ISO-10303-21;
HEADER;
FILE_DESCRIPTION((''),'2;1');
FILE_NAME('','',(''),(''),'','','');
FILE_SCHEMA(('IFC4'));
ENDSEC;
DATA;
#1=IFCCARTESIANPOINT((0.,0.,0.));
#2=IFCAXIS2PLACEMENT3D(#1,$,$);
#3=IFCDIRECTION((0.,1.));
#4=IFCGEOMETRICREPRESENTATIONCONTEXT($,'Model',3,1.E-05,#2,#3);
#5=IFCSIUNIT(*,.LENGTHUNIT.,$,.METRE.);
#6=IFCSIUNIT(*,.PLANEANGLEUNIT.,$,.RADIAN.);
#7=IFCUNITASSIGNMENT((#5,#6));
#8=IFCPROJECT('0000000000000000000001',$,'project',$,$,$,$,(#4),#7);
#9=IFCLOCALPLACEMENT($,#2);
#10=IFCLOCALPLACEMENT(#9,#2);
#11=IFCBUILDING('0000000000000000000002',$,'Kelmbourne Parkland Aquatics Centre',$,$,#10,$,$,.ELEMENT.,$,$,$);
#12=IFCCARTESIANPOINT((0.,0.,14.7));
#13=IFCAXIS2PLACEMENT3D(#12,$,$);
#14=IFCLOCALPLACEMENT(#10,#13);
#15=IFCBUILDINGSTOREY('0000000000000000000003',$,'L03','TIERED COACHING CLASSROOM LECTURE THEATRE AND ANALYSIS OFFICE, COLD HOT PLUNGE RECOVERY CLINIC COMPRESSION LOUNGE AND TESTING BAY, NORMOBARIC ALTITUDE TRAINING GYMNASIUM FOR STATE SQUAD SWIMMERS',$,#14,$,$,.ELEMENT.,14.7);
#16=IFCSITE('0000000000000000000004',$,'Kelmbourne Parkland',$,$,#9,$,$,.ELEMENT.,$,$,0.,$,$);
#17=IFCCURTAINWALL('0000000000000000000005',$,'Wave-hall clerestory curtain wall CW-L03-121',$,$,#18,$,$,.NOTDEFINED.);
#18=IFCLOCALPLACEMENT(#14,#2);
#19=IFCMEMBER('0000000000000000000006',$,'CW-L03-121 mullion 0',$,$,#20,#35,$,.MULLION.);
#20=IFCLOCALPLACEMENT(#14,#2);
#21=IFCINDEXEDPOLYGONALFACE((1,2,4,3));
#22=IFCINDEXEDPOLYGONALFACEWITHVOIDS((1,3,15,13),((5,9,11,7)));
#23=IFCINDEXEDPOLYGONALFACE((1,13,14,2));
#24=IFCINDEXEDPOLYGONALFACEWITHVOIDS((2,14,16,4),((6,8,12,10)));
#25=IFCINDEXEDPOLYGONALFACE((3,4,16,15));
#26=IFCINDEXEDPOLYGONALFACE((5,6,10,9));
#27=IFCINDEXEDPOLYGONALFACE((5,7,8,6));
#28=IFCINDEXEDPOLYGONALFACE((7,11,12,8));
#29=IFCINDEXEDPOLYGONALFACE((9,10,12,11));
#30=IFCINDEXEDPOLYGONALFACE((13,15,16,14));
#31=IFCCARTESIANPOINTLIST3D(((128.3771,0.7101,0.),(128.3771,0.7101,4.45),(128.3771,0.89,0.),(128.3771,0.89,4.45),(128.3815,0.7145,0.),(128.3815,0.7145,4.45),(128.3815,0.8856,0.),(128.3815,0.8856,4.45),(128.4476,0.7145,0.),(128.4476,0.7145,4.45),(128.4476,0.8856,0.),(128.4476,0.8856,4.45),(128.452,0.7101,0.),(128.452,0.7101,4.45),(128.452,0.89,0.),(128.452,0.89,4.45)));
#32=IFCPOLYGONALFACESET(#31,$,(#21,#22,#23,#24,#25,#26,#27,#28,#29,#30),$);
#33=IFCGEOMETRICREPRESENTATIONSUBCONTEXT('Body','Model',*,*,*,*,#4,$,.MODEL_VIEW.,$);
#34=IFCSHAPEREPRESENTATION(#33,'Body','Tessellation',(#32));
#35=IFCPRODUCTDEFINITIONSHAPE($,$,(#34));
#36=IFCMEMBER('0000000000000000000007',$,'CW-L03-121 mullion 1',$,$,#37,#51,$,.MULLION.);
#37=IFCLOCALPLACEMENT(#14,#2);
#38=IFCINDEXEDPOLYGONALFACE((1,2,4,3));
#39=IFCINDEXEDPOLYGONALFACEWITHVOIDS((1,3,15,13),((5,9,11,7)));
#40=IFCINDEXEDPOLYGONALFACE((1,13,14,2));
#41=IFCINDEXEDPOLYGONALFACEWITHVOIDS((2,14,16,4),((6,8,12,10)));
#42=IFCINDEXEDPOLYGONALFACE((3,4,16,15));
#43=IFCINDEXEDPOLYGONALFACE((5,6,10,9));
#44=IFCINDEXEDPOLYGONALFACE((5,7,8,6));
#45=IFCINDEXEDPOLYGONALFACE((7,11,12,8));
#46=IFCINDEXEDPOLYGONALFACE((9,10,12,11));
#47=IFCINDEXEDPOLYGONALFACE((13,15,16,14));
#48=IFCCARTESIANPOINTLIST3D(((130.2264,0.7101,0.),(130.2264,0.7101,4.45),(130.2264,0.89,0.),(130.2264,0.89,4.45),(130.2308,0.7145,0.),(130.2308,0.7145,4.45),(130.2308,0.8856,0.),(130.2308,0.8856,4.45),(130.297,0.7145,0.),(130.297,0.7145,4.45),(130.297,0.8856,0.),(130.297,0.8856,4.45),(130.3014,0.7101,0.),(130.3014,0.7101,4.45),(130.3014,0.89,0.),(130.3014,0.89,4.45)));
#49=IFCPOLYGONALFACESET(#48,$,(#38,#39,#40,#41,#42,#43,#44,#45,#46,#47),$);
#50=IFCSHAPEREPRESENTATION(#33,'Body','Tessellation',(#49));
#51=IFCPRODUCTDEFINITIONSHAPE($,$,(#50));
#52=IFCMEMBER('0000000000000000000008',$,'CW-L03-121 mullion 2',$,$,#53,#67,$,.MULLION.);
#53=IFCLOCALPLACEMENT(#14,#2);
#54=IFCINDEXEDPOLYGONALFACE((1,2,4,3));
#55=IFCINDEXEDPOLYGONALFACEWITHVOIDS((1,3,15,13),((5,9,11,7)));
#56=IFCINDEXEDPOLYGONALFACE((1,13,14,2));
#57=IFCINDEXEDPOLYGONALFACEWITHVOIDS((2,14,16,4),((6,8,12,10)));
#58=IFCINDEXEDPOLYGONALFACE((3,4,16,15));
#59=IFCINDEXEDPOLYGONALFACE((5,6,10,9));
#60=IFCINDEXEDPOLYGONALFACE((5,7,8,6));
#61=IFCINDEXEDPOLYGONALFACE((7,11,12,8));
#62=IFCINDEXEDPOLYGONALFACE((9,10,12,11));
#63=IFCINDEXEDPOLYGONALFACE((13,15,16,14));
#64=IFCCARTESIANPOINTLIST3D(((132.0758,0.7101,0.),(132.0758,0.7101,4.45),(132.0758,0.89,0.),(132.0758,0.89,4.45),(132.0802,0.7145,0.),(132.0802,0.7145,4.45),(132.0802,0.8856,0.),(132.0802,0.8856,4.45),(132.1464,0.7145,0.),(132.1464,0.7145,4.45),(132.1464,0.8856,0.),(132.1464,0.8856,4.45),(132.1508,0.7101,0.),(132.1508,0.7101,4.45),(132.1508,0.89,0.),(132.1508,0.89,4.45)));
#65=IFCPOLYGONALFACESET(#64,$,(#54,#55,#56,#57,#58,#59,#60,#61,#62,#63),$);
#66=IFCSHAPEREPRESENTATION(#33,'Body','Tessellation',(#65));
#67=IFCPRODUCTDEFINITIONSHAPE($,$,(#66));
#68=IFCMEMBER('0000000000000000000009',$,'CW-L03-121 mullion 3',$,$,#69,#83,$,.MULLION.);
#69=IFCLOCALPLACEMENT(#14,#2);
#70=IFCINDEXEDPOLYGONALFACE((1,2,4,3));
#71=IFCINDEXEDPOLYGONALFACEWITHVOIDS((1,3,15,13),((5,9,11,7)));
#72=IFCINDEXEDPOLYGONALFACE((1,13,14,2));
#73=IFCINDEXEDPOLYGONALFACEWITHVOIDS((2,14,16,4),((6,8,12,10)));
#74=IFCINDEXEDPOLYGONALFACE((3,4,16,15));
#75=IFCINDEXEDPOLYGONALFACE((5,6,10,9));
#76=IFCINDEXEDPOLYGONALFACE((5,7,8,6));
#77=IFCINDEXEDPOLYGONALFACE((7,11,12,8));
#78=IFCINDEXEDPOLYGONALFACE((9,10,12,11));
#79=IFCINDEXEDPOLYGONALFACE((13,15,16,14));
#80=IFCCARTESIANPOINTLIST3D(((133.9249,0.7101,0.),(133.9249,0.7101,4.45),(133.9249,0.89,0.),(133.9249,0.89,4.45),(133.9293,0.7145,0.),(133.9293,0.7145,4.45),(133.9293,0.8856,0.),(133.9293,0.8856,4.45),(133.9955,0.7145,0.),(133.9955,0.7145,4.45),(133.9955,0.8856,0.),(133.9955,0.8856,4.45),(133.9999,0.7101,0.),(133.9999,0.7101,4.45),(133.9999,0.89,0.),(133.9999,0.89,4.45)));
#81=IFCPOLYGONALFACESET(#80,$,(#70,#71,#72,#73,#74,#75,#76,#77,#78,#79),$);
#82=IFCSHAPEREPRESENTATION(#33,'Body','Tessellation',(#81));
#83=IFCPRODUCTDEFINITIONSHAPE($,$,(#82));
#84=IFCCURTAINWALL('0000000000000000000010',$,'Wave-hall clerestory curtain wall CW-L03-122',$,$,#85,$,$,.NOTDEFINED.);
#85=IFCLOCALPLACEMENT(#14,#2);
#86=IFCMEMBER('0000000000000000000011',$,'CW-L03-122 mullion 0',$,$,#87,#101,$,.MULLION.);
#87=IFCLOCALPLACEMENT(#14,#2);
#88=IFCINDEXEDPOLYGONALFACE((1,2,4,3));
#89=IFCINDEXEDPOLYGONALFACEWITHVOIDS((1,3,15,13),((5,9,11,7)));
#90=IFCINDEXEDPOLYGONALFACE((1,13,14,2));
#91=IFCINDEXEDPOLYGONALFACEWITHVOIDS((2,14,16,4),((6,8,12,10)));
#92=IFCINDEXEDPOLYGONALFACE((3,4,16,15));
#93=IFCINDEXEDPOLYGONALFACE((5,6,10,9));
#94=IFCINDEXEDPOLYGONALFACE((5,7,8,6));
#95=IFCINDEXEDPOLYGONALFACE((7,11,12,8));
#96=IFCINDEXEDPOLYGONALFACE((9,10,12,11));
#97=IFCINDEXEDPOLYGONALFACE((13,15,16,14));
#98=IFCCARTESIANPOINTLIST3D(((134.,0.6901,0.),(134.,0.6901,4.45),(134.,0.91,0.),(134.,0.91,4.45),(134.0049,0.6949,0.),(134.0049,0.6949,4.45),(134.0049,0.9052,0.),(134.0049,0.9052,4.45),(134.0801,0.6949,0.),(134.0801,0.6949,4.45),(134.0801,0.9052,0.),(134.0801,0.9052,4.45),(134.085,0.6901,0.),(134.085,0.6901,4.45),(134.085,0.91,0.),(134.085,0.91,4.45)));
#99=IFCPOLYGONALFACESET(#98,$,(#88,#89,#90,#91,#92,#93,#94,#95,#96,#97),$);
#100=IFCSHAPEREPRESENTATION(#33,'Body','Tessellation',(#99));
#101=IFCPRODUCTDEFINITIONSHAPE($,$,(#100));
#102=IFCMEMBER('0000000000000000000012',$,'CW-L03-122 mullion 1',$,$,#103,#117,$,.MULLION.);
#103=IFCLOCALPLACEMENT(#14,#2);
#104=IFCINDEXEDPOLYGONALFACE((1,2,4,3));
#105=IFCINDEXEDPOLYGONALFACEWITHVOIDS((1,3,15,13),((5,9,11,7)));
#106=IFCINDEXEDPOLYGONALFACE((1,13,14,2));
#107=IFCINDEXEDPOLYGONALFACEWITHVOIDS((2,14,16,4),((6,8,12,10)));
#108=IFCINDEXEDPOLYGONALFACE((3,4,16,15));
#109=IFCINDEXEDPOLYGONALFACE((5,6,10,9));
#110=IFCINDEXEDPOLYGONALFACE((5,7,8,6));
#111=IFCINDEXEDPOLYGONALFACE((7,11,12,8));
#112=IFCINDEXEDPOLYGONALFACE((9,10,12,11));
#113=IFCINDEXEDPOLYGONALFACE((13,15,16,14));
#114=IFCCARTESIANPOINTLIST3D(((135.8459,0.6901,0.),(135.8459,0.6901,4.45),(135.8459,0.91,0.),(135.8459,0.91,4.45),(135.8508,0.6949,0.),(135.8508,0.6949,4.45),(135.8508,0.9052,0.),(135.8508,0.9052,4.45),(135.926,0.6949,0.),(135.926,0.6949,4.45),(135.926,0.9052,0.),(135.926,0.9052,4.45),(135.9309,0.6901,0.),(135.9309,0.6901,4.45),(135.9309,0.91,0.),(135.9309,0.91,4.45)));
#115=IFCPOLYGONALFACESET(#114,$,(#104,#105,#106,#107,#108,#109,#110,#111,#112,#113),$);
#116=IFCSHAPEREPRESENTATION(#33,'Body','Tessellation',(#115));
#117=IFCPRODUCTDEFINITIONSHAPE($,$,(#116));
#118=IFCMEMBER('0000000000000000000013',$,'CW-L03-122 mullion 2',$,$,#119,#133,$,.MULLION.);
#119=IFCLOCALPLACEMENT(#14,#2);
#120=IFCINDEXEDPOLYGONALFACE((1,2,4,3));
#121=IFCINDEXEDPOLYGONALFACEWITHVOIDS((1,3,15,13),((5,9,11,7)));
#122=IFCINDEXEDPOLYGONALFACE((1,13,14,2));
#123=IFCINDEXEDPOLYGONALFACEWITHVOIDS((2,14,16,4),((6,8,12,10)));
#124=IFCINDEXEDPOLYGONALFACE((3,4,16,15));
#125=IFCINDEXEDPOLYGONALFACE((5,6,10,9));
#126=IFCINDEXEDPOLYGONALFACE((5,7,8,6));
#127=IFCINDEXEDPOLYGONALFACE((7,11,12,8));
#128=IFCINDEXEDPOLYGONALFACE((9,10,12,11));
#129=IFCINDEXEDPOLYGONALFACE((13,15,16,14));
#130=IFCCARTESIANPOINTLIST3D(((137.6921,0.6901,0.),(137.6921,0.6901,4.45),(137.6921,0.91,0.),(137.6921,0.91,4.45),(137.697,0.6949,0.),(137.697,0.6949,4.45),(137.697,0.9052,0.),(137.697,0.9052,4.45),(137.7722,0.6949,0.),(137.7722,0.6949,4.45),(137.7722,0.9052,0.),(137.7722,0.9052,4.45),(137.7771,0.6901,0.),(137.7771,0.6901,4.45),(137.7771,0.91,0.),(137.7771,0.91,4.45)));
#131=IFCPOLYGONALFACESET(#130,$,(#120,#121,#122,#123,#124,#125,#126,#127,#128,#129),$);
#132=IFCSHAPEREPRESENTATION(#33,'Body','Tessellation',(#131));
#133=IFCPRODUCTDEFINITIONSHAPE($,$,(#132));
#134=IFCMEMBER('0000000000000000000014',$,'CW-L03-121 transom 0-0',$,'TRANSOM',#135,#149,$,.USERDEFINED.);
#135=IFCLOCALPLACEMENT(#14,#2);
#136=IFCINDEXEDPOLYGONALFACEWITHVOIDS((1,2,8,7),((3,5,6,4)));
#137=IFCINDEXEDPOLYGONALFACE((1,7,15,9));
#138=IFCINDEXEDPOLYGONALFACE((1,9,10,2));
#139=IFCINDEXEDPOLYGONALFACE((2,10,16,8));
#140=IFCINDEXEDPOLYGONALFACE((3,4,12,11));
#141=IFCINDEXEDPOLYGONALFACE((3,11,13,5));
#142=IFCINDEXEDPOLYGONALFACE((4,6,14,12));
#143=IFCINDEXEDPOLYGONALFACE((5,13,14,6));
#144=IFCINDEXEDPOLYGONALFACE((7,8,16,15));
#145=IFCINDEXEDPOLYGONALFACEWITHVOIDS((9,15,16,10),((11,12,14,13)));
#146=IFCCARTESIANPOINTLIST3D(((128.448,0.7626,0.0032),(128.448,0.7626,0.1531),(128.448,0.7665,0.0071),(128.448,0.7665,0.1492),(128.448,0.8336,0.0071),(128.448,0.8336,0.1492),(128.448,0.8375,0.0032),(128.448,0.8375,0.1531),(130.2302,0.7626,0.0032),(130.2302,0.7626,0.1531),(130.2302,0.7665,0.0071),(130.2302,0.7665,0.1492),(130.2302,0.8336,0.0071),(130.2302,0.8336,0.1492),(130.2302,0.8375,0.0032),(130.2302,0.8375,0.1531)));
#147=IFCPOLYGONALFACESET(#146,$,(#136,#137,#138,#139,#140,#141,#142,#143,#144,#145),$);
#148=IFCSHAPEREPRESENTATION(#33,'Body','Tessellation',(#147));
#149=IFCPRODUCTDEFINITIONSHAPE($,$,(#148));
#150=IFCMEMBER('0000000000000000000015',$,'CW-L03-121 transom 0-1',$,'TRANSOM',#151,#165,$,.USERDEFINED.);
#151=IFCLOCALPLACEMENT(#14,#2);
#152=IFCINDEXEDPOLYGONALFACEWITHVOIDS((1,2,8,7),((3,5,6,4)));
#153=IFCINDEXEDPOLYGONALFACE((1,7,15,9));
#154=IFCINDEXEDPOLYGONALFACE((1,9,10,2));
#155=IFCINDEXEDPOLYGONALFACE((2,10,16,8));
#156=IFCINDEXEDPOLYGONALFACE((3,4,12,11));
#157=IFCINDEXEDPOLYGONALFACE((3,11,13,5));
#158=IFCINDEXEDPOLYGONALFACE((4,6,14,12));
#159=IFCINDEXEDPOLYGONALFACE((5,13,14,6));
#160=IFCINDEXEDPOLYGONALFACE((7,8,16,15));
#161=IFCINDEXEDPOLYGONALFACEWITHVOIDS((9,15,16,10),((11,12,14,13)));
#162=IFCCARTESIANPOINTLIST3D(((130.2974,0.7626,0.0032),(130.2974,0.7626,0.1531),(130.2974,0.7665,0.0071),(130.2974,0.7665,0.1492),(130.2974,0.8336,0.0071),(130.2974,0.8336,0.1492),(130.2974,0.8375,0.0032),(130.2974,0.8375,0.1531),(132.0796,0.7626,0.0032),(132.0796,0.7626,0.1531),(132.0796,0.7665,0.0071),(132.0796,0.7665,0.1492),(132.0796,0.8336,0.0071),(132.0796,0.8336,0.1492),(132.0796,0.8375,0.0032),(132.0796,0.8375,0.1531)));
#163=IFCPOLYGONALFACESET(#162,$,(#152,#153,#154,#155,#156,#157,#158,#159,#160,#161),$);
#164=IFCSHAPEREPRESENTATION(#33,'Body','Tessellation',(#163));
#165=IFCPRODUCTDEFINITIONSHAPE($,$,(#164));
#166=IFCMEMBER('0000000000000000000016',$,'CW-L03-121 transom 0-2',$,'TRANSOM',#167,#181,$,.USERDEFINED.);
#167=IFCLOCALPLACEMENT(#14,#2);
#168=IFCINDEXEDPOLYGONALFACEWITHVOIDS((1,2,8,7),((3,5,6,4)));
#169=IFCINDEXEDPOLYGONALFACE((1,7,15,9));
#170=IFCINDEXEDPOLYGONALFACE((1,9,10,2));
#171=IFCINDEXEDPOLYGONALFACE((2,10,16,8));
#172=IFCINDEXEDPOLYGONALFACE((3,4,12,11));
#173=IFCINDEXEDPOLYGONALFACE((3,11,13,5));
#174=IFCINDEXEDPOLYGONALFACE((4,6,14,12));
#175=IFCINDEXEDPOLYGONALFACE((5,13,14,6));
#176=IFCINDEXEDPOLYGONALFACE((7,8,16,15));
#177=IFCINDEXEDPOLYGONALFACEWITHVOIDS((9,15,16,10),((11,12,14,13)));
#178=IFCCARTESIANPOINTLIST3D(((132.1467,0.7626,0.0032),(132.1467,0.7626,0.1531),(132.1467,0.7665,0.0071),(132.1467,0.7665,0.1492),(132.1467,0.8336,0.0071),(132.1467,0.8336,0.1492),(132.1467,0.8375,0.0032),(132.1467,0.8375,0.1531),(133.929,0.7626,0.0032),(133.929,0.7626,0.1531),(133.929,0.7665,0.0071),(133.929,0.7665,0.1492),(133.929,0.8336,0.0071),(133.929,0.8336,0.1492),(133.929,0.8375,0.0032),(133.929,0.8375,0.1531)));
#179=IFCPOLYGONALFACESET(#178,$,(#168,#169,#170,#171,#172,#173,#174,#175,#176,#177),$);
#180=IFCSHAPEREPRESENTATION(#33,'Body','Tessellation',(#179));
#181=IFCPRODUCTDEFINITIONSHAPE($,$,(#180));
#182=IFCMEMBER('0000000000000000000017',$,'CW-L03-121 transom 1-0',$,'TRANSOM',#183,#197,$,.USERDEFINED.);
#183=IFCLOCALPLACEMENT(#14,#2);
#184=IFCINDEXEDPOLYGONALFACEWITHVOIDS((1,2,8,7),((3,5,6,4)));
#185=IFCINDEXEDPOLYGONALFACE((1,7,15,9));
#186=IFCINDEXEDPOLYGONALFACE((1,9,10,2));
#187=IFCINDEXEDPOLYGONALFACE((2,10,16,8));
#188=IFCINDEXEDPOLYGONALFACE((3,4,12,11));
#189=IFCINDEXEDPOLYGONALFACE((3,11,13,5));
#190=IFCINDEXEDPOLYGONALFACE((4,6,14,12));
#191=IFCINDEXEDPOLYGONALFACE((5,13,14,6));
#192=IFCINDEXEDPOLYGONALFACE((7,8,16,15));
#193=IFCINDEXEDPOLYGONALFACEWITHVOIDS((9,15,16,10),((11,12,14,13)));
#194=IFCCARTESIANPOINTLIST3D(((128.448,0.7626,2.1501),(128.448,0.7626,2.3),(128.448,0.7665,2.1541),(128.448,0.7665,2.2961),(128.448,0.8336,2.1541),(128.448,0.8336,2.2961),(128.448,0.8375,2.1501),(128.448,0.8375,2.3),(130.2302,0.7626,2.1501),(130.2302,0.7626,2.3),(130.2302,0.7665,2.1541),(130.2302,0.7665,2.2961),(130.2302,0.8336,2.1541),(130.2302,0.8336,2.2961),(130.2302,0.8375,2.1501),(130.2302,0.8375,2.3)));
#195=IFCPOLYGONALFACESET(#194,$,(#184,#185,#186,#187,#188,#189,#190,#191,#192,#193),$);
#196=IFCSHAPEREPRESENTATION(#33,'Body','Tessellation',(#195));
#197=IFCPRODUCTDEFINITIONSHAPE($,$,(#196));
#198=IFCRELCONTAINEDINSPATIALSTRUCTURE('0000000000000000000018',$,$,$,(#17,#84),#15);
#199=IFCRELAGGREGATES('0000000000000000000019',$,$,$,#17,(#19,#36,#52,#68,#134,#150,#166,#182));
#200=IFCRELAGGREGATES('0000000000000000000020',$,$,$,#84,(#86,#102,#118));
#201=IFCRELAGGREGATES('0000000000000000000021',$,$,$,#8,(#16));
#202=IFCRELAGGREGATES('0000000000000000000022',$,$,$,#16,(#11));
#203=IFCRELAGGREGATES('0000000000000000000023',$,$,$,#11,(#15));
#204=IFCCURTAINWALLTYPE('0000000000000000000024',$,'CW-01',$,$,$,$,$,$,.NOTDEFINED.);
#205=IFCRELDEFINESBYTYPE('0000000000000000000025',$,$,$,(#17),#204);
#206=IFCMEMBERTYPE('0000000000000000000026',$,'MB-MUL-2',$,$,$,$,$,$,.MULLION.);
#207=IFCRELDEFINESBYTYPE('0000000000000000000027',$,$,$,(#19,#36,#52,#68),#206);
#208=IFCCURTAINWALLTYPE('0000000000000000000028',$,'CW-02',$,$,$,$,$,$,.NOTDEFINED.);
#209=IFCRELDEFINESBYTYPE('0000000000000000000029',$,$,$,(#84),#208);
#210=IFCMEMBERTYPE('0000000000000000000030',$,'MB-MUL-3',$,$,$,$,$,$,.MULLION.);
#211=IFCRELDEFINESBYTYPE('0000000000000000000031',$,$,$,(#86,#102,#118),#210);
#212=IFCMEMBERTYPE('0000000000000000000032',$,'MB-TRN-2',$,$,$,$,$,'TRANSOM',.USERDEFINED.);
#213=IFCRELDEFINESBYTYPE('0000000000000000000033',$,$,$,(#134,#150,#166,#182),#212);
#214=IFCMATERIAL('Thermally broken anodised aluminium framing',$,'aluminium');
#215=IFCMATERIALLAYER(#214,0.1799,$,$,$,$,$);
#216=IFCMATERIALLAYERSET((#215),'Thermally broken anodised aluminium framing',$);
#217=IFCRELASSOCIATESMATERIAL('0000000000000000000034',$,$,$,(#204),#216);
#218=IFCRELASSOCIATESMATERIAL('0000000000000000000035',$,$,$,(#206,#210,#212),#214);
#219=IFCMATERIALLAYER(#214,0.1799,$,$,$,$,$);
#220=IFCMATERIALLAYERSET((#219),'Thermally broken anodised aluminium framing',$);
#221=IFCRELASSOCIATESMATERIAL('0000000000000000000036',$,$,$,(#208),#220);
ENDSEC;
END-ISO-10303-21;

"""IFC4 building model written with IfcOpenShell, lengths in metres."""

from ifc_helpers import new_model, si_unit, direction, frame, origin, origin_2d, place, context, subcontext, project, spatial, hollow_rectangle, extrude, material, layer, layer_set, material_profile, profile_set, type_object, element, aggregate, save


model = new_model("IFC4")

# Units and contexts
model_context = context("Model", 3, precision=1e-05, world=origin(), true_north=direction((0.0, 1.0)))
body_context = subcontext(model_context, "Body", "Model", "MODEL_VIEW")
ifc_project = project(units=[si_unit("LENGTHUNIT", "METRE"), si_unit("PLANEANGLEUNIT", "RADIAN")], contexts=[model_context])

# Site, building, storey
site_placement = place(None, origin())
site = spatial("IfcSite", under=ifc_project, at=site_placement, Name="Kelmbourne Parkland", CompositionType="ELEMENT", RefElevation=0.0)
building_placement = place(site_placement, origin())
building = spatial("IfcBuilding", under=site, at=building_placement, Name="Kelmbourne Parkland Aquatics Centre", CompositionType="ELEMENT")
storey_placement = place(building_placement, frame((0.0, 0.0, 14.7)))
storey = spatial("IfcBuildingStorey", under=building, at=storey_placement, Name="L03", Description="TIERED COACHING CLASSROOM LECTURE THEATRE AND ANALYSIS OFFICE, COLD HOT PLUNGE RECOVERY CLINIC COMPRESSION LOUNGE AND TESTING BAY, NORMOBARIC ALTITUDE TRAINING GYMNASIUM FOR STATE SQUAD SWIMMERS", CompositionType="ELEMENT", Elevation=14.7)

# Curtain walls, members
ifc_material_1 = material(Name="Thermally broken anodised aluminium framing", Category="aluminium")
ifc_layer_1 = layer(ifc_material_1, 0.1799)
ifc_layer_set_1 = layer_set([ifc_layer_1], Name="Thermally broken anodised aluminium framing")
curtain_wall_type_1 = type_object("IfcCurtainWallType", Name="CW-01", PredefinedType="NOTDEFINED", material=ifc_layer_set_1)
curtain_wall_1_placement = place(storey_placement, origin())
curtain_wall_1 = element("IfcCurtainWall", 1, at=curtain_wall_1_placement, inside=storey, type_object=curtain_wall_type_1, Name="Wave-hall clerestory curtain wall CW-L03-121", PredefinedType="NOTDEFINED")
ifc_material_profile_1 = material_profile(ifc_material_1, hollow_rectangle(XDim=0.075, YDim=0.1799, WallThickness=0.0044, at=origin_2d()), Name="CW-M 75x180")
ifc_profile_set_1 = profile_set([ifc_material_profile_1], Name="Thermally broken anodised aluminium framing")
member_type_1 = type_object("IfcMemberType", Name="MB-MUL-2", PredefinedType="MULLION", material=ifc_profile_set_1)
member_1_placement = place(storey_placement, frame((128.4146, 0.8, 0.0), z_axis=(0.0, 0.0, 1.0), x_axis=(1.0, 0.0, 0.0)))
member_1 = element("IfcMember", 2, at=member_1_placement, type_object=member_type_1, Name="CW-L03-121 mullion 0", PredefinedType="MULLION", context=body_context, shape_type="SweptSolid", body=[
    extrude(hollow_rectangle(XDim=0.075, YDim=0.1799, WallThickness=0.0044, at=origin_2d()), origin(), (0.0, 0.0, 1.0), 4.45),
])
member_2_placement = place(storey_placement, frame((130.2639, 0.8, 0.0), z_axis=(0.0, 0.0, 1.0), x_axis=(1.0, 0.0, 0.0)))
member_2 = element("IfcMember", 3, at=member_2_placement, type_object=member_type_1, Name="CW-L03-121 mullion 1", PredefinedType="MULLION", context=body_context, shape_type="SweptSolid", body=[
    extrude(hollow_rectangle(XDim=0.075, YDim=0.1799, WallThickness=0.0044, at=origin_2d()), origin(), (0.0, 0.0, 1.0), 4.45),
])
member_3_placement = place(storey_placement, frame((132.1133, 0.8, 0.0), z_axis=(0.0, 0.0, 1.0), x_axis=(1.0, 0.0, 0.0)))
member_3 = element("IfcMember", 4, at=member_3_placement, type_object=member_type_1, Name="CW-L03-121 mullion 2", PredefinedType="MULLION", context=body_context, shape_type="SweptSolid", body=[
    extrude(hollow_rectangle(XDim=0.075, YDim=0.1799, WallThickness=0.0044, at=origin_2d()), origin(), (0.0, 0.0, 1.0), 4.45),
])
member_4_placement = place(storey_placement, frame((133.9624, 0.8, 0.0), z_axis=(0.0, 0.0, 1.0), x_axis=(1.0, 0.0, 0.0)))
member_4 = element("IfcMember", 5, at=member_4_placement, type_object=member_type_1, Name="CW-L03-121 mullion 3", PredefinedType="MULLION", context=body_context, shape_type="SweptSolid", body=[
    extrude(hollow_rectangle(XDim=0.075, YDim=0.1799, WallThickness=0.0044, at=origin_2d()), origin(), (0.0, 0.0, 1.0), 4.45),
])
ifc_layer_2 = layer(ifc_material_1, 0.1799)
ifc_layer_set_2 = layer_set([ifc_layer_2], Name="Thermally broken anodised aluminium framing")
curtain_wall_type_2 = type_object("IfcCurtainWallType", Name="CW-02", PredefinedType="NOTDEFINED", material=ifc_layer_set_2)
curtain_wall_2_placement = place(storey_placement, origin())
curtain_wall_2 = element("IfcCurtainWall", 6, at=curtain_wall_2_placement, inside=storey, type_object=curtain_wall_type_2, Name="Wave-hall clerestory curtain wall CW-L03-122", PredefinedType="NOTDEFINED")
ifc_material_profile_2 = material_profile(ifc_material_1, hollow_rectangle(XDim=0.085, YDim=0.22, WallThickness=0.0049, at=origin_2d()), Name="CW-M 85x220")
ifc_profile_set_2 = profile_set([ifc_material_profile_2], Name="Thermally broken anodised aluminium framing")
member_type_2 = type_object("IfcMemberType", Name="MB-MUL-3", PredefinedType="MULLION", material=ifc_profile_set_2)
member_5_placement = place(storey_placement, frame((134.0425, 0.8, 0.0), z_axis=(0.0, 0.0, 1.0), x_axis=(1.0, 0.0, 0.0)))
member_5 = element("IfcMember", 7, at=member_5_placement, type_object=member_type_2, Name="CW-L03-122 mullion 0", PredefinedType="MULLION", context=body_context, shape_type="SweptSolid", body=[
    extrude(hollow_rectangle(XDim=0.085, YDim=0.22, WallThickness=0.0049, at=origin_2d()), origin(), (0.0, 0.0, 1.0), 4.45),
])
member_6_placement = place(storey_placement, frame((135.8884, 0.8, 0.0), z_axis=(0.0, 0.0, 1.0), x_axis=(1.0, 0.0, 0.0)))
member_6 = element("IfcMember", 8, at=member_6_placement, type_object=member_type_2, Name="CW-L03-122 mullion 1", PredefinedType="MULLION", context=body_context, shape_type="SweptSolid", body=[
    extrude(hollow_rectangle(XDim=0.085, YDim=0.22, WallThickness=0.0049, at=origin_2d()), origin(), (0.0, 0.0, 1.0), 4.45),
])
member_7_placement = place(storey_placement, frame((137.7346, 0.8, 0.0), z_axis=(0.0, 0.0, 1.0), x_axis=(1.0, 0.0, 0.0)))
member_7 = element("IfcMember", 9, at=member_7_placement, type_object=member_type_2, Name="CW-L03-122 mullion 2", PredefinedType="MULLION", context=body_context, shape_type="SweptSolid", body=[
    extrude(hollow_rectangle(XDim=0.085, YDim=0.22, WallThickness=0.0049, at=origin_2d()), origin(), (0.0, 0.0, 1.0), 4.45),
])

# Members
ifc_material_profile_3 = material_profile(ifc_material_1, hollow_rectangle(XDim=0.075, YDim=0.1499, WallThickness=0.0039, at=origin_2d()), Name="CW-T 75x150")
ifc_profile_set_3 = profile_set([ifc_material_profile_3], Name="Thermally broken anodised aluminium framing")
member_type_3 = type_object("IfcMemberType", Name="MB-TRN-2", ElementType="TRANSOM", PredefinedType="USERDEFINED", material=ifc_profile_set_3)
member_8_placement = place(storey_placement, frame((128.448, 0.8, 0.0781), z_axis=(1.0, 0.0, 0.0), x_axis=(0.0, 1.0, 0.0)))
member_8 = element("IfcMember", 10, at=member_8_placement, type_object=member_type_3, Name="CW-L03-121 transom 0-0", ObjectType="TRANSOM", PredefinedType="USERDEFINED", context=body_context, shape_type="SweptSolid", body=[
    extrude(hollow_rectangle(XDim=0.075, YDim=0.1499, WallThickness=0.0039, at=origin_2d()), origin(), (0.0, 0.0, 1.0), 1.7822),
])
member_9_placement = place(storey_placement, frame((130.2974, 0.8, 0.0781), z_axis=(1.0, 0.0, 0.0), x_axis=(0.0, 1.0, 0.0)))
member_9 = element("IfcMember", 11, at=member_9_placement, type_object=member_type_3, Name="CW-L03-121 transom 0-1", ObjectType="TRANSOM", PredefinedType="USERDEFINED", context=body_context, shape_type="SweptSolid", body=[
    extrude(hollow_rectangle(XDim=0.075, YDim=0.1499, WallThickness=0.0039, at=origin_2d()), origin(), (0.0, 0.0, 1.0), 1.7822),
])
member_10_placement = place(storey_placement, frame((132.1467, 0.8, 0.0781), z_axis=(1.0, 0.0, 0.0), x_axis=(0.0, 1.0, 0.0)))
member_10 = element("IfcMember", 12, at=member_10_placement, type_object=member_type_3, Name="CW-L03-121 transom 0-2", ObjectType="TRANSOM", PredefinedType="USERDEFINED", context=body_context, shape_type="SweptSolid", body=[
    extrude(hollow_rectangle(XDim=0.075, YDim=0.1499, WallThickness=0.0039, at=origin_2d()), origin(), (0.0, 0.0, 1.0), 1.7822),
])
member_11_placement = place(storey_placement, frame((128.448, 0.8, 2.2251), z_axis=(1.0, 0.0, 0.0), x_axis=(0.0, 1.0, 0.0)))
member_11 = element("IfcMember", 13, at=member_11_placement, type_object=member_type_3, Name="CW-L03-121 transom 1-0", ObjectType="TRANSOM", PredefinedType="USERDEFINED", context=body_context, shape_type="SweptSolid", body=[
    extrude(hollow_rectangle(XDim=0.075, YDim=0.1499, WallThickness=0.0039, at=origin_2d()), origin(), (0.0, 0.0, 1.0), 1.7822),
])

aggregate(curtain_wall_1, [member_1, member_2, member_3, member_4, member_8, member_9, member_10, member_11])
aggregate(curtain_wall_2, [member_5, member_6, member_7])

save(model, "model.ifc")
